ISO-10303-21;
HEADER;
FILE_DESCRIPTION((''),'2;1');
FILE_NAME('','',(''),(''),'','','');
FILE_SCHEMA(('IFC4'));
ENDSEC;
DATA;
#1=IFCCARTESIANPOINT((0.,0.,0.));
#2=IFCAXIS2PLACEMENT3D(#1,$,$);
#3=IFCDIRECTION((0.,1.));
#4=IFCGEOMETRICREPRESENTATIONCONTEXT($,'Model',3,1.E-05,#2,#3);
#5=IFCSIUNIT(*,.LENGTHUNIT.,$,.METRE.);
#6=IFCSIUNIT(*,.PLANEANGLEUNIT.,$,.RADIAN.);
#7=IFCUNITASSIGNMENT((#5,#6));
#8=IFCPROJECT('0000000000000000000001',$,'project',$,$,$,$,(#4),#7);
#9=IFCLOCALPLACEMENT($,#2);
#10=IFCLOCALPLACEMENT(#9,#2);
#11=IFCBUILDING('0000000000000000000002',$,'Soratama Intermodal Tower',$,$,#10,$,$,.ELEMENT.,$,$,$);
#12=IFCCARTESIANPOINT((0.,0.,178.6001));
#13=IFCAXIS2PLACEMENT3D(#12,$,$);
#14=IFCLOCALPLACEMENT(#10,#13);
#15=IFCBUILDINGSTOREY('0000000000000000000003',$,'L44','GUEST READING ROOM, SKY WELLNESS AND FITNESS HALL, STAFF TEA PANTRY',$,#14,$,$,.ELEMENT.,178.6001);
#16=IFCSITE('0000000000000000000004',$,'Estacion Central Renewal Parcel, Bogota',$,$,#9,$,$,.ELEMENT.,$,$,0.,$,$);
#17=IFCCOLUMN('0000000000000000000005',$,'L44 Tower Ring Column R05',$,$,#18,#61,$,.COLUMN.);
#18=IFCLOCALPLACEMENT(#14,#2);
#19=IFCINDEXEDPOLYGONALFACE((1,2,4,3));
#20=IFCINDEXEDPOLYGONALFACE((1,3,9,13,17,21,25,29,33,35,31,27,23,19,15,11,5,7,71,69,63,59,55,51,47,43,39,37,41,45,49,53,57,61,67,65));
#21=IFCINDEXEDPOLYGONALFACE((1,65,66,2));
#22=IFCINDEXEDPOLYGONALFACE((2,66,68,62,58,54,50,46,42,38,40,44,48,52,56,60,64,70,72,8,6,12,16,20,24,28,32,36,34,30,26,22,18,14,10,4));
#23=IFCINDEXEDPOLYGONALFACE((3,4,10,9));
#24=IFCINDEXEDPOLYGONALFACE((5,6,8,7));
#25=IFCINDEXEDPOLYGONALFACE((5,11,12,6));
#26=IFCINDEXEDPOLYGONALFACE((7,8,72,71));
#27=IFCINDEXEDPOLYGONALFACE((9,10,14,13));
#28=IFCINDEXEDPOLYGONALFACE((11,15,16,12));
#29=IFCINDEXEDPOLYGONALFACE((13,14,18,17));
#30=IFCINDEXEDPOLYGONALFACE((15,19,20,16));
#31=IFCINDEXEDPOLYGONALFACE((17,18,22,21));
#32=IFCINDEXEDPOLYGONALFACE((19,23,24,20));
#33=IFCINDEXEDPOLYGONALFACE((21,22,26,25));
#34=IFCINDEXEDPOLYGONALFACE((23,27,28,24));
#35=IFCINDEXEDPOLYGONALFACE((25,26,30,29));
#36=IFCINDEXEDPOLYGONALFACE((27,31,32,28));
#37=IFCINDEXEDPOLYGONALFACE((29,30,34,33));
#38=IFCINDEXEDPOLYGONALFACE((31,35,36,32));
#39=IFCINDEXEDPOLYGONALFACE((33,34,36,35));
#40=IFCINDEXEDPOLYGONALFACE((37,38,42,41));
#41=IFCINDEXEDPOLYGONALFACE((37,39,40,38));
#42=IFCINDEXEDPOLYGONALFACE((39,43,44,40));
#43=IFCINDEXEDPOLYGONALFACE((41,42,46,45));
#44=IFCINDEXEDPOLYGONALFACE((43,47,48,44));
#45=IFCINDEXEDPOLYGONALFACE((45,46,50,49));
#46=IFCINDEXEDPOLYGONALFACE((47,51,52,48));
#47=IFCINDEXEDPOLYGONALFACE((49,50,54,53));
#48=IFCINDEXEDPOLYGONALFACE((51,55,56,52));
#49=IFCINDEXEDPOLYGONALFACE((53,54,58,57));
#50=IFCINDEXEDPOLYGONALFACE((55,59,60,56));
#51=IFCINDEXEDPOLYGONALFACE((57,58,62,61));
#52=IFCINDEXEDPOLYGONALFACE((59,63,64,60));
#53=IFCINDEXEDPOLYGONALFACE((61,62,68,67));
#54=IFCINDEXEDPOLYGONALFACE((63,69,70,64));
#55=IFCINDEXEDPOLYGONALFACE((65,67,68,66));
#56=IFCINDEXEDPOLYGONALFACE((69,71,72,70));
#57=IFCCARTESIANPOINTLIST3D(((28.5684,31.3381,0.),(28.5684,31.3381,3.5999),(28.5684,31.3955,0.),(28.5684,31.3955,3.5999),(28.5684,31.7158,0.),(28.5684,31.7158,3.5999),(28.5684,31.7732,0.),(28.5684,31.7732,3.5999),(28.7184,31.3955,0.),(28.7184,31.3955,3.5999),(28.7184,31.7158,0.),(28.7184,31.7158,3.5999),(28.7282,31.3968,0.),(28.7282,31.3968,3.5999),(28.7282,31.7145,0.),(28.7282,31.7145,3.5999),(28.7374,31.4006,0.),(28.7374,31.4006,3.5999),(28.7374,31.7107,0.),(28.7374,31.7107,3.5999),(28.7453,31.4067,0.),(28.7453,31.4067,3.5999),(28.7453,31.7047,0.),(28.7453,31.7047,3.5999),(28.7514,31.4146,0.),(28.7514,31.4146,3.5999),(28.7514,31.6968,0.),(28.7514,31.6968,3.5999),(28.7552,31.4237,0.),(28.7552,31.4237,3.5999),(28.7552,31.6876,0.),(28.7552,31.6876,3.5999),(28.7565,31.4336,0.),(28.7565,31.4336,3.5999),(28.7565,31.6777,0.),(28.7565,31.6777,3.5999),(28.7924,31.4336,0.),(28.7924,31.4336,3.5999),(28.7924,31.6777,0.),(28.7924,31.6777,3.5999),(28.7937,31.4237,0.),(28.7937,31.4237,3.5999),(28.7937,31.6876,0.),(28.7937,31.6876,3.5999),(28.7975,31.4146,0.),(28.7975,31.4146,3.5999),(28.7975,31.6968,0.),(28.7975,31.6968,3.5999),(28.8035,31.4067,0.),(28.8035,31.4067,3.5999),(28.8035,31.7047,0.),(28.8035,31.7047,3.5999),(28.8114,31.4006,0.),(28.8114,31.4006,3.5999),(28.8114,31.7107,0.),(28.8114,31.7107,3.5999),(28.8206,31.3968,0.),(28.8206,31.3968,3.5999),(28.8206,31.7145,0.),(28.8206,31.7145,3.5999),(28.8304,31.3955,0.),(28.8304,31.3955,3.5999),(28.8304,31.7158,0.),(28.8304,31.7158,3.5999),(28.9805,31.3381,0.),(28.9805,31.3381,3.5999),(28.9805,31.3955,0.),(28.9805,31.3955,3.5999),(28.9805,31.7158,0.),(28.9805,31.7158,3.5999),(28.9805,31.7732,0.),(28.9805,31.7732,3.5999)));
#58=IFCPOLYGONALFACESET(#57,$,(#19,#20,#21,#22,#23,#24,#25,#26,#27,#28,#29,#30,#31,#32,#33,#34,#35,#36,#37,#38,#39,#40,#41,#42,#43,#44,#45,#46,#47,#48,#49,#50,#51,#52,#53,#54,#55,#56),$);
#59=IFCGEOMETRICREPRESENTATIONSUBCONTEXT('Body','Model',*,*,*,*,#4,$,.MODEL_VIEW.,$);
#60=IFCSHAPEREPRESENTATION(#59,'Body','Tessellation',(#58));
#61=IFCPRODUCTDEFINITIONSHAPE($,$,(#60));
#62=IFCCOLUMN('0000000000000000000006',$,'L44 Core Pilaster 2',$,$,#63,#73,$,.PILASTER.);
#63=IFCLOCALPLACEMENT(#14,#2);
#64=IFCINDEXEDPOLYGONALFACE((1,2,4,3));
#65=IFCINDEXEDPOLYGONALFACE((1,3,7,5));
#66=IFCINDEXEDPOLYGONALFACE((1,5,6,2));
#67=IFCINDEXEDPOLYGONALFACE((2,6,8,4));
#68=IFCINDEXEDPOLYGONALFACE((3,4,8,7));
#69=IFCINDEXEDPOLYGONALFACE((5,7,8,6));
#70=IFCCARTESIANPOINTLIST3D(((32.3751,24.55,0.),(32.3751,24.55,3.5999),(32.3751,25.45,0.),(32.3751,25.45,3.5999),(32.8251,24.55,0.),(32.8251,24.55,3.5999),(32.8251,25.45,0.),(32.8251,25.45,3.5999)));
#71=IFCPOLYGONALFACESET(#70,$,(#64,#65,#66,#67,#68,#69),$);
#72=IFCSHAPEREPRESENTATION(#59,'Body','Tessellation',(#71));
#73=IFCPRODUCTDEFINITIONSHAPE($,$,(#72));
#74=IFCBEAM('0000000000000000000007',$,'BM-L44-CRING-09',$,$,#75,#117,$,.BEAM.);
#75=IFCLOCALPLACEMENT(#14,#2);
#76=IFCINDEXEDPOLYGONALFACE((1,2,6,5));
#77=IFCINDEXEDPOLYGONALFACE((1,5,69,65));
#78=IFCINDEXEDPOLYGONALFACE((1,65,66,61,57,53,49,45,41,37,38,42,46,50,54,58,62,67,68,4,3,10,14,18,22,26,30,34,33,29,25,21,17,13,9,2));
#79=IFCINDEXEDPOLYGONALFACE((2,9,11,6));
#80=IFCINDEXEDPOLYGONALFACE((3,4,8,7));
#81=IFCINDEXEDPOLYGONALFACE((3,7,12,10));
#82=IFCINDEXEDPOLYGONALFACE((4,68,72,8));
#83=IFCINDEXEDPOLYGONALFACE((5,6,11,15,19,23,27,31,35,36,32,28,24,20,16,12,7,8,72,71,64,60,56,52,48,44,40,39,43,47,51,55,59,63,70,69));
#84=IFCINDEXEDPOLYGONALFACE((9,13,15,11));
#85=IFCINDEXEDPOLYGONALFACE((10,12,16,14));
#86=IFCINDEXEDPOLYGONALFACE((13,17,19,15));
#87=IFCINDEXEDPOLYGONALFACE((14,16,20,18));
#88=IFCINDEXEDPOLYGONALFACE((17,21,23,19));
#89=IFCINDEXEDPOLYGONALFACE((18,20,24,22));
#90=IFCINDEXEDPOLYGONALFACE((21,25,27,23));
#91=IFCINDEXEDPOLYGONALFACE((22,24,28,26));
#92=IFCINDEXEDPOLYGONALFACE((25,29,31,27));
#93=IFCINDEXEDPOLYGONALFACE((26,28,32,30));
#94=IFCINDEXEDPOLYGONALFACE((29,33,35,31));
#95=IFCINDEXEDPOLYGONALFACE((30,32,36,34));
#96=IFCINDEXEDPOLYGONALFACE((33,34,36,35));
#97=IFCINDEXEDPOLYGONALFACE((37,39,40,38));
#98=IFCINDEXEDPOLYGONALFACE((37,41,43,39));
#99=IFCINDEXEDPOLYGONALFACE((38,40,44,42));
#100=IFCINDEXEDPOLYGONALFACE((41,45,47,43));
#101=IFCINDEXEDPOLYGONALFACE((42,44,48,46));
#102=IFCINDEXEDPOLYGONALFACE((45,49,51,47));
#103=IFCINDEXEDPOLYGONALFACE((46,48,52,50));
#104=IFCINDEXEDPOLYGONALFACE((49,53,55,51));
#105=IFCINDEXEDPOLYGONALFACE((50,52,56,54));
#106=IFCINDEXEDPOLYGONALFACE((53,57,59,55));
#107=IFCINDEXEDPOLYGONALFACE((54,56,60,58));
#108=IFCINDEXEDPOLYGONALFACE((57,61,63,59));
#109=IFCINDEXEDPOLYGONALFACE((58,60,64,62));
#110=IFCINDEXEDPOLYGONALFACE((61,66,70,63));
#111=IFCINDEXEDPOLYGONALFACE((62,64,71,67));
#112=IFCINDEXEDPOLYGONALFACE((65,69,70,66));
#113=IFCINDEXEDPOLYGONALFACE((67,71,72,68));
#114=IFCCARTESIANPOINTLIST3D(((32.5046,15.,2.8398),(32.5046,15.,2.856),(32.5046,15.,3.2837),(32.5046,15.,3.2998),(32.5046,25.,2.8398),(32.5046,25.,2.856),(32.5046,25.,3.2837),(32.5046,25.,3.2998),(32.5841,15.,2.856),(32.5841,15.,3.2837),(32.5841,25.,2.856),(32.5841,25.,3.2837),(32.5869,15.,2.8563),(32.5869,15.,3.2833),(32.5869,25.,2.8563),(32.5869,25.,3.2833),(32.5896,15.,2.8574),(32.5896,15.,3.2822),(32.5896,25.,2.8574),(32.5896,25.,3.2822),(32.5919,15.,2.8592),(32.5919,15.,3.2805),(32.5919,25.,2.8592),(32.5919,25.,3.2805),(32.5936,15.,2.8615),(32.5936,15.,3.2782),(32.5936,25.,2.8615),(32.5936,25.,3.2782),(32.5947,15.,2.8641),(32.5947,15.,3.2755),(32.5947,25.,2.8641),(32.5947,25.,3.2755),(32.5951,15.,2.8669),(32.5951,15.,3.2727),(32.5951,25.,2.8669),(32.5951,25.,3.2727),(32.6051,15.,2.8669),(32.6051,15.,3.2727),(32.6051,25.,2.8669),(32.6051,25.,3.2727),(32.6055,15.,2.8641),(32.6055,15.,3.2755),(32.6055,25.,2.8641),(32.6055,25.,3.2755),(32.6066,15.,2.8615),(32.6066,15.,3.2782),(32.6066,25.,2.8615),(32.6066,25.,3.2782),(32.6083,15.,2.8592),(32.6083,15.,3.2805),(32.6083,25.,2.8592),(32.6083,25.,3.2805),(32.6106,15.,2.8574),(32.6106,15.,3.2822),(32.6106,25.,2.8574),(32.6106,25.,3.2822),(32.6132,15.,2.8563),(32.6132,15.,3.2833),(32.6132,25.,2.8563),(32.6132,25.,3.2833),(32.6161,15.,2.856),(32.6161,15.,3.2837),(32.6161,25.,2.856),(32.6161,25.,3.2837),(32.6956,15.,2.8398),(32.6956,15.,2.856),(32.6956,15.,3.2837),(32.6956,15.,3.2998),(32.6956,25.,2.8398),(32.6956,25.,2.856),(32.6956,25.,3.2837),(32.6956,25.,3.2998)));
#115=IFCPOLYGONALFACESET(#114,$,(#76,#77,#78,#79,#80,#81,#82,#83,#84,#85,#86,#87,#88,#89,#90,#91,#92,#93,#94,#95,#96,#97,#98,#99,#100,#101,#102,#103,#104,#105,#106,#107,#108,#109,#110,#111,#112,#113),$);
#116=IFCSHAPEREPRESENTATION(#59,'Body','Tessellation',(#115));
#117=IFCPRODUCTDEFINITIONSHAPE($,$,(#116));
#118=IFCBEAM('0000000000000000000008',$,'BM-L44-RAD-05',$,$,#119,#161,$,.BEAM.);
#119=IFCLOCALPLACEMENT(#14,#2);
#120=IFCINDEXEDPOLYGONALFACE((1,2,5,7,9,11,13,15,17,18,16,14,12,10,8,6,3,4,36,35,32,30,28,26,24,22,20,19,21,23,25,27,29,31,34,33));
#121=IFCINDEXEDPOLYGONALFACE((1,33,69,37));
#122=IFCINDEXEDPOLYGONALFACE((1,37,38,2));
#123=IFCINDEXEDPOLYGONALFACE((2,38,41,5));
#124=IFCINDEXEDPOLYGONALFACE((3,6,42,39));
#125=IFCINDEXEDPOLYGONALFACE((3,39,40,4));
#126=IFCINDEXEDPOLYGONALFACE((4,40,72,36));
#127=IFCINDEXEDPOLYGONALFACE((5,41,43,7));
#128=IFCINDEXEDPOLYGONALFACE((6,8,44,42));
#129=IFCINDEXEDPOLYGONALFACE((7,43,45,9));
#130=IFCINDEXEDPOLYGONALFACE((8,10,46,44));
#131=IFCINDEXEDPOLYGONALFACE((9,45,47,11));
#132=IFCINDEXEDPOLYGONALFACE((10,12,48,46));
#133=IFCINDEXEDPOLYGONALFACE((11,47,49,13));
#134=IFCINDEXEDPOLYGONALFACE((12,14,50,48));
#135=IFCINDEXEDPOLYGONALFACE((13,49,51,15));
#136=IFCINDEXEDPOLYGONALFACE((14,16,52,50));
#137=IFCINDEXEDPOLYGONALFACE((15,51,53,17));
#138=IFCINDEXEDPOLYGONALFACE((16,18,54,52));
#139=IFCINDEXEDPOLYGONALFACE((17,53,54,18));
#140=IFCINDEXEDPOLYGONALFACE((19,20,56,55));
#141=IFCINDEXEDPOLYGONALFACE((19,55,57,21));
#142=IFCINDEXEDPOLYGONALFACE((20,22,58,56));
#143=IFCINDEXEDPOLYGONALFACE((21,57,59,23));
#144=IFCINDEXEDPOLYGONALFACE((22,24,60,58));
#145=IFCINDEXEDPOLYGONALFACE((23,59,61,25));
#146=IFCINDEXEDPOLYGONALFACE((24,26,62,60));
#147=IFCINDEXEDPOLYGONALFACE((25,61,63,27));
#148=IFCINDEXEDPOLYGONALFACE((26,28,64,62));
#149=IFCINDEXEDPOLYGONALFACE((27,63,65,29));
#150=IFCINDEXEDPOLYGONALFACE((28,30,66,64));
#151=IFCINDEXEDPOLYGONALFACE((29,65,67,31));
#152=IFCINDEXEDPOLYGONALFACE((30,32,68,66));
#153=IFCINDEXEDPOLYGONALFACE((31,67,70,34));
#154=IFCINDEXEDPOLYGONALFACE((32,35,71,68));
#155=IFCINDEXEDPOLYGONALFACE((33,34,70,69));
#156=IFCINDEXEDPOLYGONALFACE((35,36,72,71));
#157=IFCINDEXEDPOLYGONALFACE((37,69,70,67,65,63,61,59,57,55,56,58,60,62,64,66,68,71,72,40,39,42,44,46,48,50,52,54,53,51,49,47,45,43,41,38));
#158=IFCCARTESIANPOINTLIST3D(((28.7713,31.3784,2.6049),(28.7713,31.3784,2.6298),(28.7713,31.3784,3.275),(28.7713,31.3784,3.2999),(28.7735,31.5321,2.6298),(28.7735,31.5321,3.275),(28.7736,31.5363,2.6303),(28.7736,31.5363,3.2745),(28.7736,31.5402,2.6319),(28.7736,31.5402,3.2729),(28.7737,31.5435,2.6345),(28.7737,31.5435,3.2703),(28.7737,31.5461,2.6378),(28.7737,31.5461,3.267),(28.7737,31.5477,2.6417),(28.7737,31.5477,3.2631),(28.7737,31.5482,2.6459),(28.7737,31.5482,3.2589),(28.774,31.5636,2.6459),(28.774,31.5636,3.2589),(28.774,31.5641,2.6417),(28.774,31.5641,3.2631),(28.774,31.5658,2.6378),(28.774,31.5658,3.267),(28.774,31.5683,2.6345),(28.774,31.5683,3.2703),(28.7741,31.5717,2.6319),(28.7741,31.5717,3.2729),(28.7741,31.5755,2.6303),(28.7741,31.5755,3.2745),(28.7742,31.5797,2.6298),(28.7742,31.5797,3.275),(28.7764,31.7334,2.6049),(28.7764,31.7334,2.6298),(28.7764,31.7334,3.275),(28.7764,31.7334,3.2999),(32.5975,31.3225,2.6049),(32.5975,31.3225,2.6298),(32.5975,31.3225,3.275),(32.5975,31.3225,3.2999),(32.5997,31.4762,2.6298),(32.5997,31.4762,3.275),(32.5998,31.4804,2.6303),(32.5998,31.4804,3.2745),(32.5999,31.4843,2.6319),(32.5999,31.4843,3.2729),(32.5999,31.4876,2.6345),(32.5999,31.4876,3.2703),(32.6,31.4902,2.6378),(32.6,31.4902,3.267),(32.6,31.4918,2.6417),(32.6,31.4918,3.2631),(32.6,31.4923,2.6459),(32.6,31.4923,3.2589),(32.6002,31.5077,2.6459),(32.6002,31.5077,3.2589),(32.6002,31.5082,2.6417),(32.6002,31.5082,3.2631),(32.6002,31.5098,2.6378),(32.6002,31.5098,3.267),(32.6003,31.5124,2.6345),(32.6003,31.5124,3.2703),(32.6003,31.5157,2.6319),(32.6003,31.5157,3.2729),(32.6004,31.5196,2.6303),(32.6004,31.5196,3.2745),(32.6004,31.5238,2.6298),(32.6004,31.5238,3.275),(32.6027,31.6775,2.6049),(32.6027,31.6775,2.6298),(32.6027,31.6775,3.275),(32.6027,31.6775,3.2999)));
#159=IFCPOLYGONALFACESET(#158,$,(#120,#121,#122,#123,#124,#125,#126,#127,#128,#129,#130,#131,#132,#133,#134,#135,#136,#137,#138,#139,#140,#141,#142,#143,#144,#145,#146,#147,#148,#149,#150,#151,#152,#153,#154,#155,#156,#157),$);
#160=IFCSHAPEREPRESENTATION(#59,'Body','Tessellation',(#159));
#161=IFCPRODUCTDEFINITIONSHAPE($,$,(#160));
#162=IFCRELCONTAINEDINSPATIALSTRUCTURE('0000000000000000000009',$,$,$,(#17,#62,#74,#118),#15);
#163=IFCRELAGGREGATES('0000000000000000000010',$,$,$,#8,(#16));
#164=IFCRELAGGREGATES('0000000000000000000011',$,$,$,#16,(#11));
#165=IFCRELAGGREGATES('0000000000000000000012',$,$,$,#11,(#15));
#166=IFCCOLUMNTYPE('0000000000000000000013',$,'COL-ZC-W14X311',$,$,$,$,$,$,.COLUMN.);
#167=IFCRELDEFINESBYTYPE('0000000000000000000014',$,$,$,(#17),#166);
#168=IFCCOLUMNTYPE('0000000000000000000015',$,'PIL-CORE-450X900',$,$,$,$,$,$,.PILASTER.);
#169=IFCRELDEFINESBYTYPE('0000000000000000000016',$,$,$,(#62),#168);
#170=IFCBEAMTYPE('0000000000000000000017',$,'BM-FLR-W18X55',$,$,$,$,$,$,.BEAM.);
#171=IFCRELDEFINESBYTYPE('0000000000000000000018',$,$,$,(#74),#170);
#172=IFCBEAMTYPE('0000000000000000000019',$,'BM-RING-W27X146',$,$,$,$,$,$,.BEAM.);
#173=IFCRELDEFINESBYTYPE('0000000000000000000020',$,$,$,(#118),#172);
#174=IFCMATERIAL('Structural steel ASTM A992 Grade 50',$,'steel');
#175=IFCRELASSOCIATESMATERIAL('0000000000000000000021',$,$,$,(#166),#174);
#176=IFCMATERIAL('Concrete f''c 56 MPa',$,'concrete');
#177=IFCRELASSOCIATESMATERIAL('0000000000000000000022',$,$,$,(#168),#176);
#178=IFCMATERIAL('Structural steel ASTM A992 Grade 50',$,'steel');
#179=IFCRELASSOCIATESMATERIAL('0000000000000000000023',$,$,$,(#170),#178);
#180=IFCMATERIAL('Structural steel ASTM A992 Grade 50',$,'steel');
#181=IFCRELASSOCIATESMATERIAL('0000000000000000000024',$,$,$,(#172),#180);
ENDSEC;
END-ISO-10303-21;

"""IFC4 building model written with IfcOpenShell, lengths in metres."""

from ifc_helpers import new_model, si_unit, direction, frame, origin, origin_2d, place, context, subcontext, project, spatial, rectangle, i_section, extrude, material, material_profile, profile_set, type_object, element, save


model = new_model("IFC4")

# Units and contexts
model_context = context("Model", 3, precision=1e-05, world=origin(), true_north=direction((0.0, 1.0)))
body_context = subcontext(model_context, "Body", "Model", "MODEL_VIEW")
ifc_project = project(units=[si_unit("LENGTHUNIT", "METRE"), si_unit("PLANEANGLEUNIT", "RADIAN")], contexts=[model_context])

# Site, building, storey
site_placement = place(None, origin())
site = spatial("IfcSite", under=ifc_project, at=site_placement, Name="Estacion Central Renewal Parcel, Bogota", CompositionType="ELEMENT", RefElevation=0.0)
building_placement = place(site_placement, origin())
building = spatial("IfcBuilding", under=site, at=building_placement, Name="Soratama Intermodal Tower", CompositionType="ELEMENT")
storey_placement = place(building_placement, frame((0.0, 0.0, 178.6001)))
storey = spatial("IfcBuildingStorey", under=building, at=storey_placement, Name="L44", Description="GUEST READING ROOM, SKY WELLNESS AND FITNESS HALL, STAFF TEA PANTRY", CompositionType="ELEMENT", Elevation=178.6001)

# Columns
ifc_material_1 = material(Name="Structural steel ASTM A992 Grade 50", Category="steel")
ifc_material_profile_1 = material_profile(ifc_material_1, i_section(OverallWidth=0.4121, OverallDepth=0.4351, WebThickness=0.0359, FlangeThickness=0.0574, FilletRadius=0.0381, at=origin_2d()), Name="W14X311")
ifc_profile_set_1 = profile_set([ifc_material_profile_1], Name="Structural steel ASTM A992 Grade 50")
column_type_1 = type_object("IfcColumnType", Name="COL-ZC-W14X311", PredefinedType="COLUMN", material=ifc_profile_set_1)
column_1_placement = place(storey_placement, frame((28.7744, 31.5557, 0.0), z_axis=(0.0, 0.0, 1.0), x_axis=(1.0, 0.0, 0.0)))
element("IfcColumn", 1, at=column_1_placement, inside=storey, type_object=column_type_1, Name="L44 Tower Ring Column R05", PredefinedType="COLUMN", context=body_context, shape_type="SweptSolid", body=[
    extrude(i_section(OverallWidth=0.4121, OverallDepth=0.4351, WebThickness=0.0359, FlangeThickness=0.0574, FilletRadius=0.0381, at=origin_2d()), origin(), (0.0, 0.0, 1.0), 3.5999),
])
ifc_material_2 = material(Name="Concrete f'c 56 MPa", Category="concrete")
ifc_material_profile_2 = material_profile(ifc_material_2, rectangle(XDim=0.45, YDim=0.8999, at=origin_2d()), Name="RC450X900")
ifc_profile_set_2 = profile_set([ifc_material_profile_2], Name="Concrete f'c 56 MPa")
column_type_2 = type_object("IfcColumnType", Name="PIL-CORE-450X900", PredefinedType="PILASTER", material=ifc_profile_set_2)
column_2_placement = place(storey_placement, frame((32.6001, 25.0, 0.0), z_axis=(0.0, 0.0, 1.0), x_axis=(1.0, 0.0, 0.0)))
element("IfcColumn", 2, at=column_2_placement, inside=storey, type_object=column_type_2, Name="L44 Core Pilaster 2", PredefinedType="PILASTER", context=body_context, shape_type="SweptSolid", body=[
    extrude(rectangle(XDim=0.45, YDim=0.8999, at=origin_2d()), origin(), (0.0, 0.0, 1.0), 3.5999),
])

# Beams
ifc_material_3 = material(Name="Structural steel ASTM A992 Grade 50", Category="steel")
ifc_material_profile_3 = material_profile(ifc_material_3, i_section(OverallWidth=0.1909, OverallDepth=0.46, WebThickness=0.01, FlangeThickness=0.0161, FilletRadius=0.011, at=origin_2d()), Name="W18X55")
ifc_profile_set_3 = profile_set([ifc_material_profile_3], Name="Structural steel ASTM A992 Grade 50")
beam_type_1 = type_object("IfcBeamType", Name="BM-FLR-W18X55", PredefinedType="BEAM", material=ifc_profile_set_3)
beam_1_placement = place(storey_placement, frame((32.6001, 25.0, 3.0698), z_axis=(0.0, -1.0, 0.0), x_axis=(1.0, 0.0, 0.0)))
element("IfcBeam", 3, at=beam_1_placement, inside=storey, type_object=beam_type_1, Name="BM-L44-CRING-09", PredefinedType="BEAM", context=body_context, shape_type="SweptSolid", body=[
    extrude(i_section(OverallWidth=0.1909, OverallDepth=0.46, WebThickness=0.01, FlangeThickness=0.0161, FilletRadius=0.011, at=origin_2d()), origin(), (0.0, 0.0, 1.0), 10.0),
])
ifc_material_4 = material(Name="Structural steel ASTM A992 Grade 50", Category="steel")
ifc_material_profile_4 = material_profile(ifc_material_4, i_section(OverallWidth=0.355, OverallDepth=0.6951, WebThickness=0.0154, FlangeThickness=0.0249, FilletRadius=0.0161, at=origin_2d()), Name="W27X146")
ifc_profile_set_4 = profile_set([ifc_material_profile_4], Name="Structural steel ASTM A992 Grade 50")
beam_type_2 = type_object("IfcBeamType", Name="BM-RING-W27X146", PredefinedType="BEAM", material=ifc_profile_set_4)
beam_2_placement = place(storey_placement, frame((32.6001, 31.5, 2.9524), z_axis=(-0.999893, 0.01461, 0.0), x_axis=(-0.01461, -0.999893, 0.0)))
element("IfcBeam", 4, at=beam_2_placement, inside=storey, type_object=beam_type_2, Name="BM-L44-RAD-05", PredefinedType="BEAM", context=body_context, shape_type="SweptSolid", body=[
    extrude(i_section(OverallWidth=0.355, OverallDepth=0.6951, WebThickness=0.0154, FlangeThickness=0.0249, FilletRadius=0.0161, at=origin_2d()), origin(), (0.0, 0.0, 1.0), 3.8267),
])

save(model, "model.ifc")
